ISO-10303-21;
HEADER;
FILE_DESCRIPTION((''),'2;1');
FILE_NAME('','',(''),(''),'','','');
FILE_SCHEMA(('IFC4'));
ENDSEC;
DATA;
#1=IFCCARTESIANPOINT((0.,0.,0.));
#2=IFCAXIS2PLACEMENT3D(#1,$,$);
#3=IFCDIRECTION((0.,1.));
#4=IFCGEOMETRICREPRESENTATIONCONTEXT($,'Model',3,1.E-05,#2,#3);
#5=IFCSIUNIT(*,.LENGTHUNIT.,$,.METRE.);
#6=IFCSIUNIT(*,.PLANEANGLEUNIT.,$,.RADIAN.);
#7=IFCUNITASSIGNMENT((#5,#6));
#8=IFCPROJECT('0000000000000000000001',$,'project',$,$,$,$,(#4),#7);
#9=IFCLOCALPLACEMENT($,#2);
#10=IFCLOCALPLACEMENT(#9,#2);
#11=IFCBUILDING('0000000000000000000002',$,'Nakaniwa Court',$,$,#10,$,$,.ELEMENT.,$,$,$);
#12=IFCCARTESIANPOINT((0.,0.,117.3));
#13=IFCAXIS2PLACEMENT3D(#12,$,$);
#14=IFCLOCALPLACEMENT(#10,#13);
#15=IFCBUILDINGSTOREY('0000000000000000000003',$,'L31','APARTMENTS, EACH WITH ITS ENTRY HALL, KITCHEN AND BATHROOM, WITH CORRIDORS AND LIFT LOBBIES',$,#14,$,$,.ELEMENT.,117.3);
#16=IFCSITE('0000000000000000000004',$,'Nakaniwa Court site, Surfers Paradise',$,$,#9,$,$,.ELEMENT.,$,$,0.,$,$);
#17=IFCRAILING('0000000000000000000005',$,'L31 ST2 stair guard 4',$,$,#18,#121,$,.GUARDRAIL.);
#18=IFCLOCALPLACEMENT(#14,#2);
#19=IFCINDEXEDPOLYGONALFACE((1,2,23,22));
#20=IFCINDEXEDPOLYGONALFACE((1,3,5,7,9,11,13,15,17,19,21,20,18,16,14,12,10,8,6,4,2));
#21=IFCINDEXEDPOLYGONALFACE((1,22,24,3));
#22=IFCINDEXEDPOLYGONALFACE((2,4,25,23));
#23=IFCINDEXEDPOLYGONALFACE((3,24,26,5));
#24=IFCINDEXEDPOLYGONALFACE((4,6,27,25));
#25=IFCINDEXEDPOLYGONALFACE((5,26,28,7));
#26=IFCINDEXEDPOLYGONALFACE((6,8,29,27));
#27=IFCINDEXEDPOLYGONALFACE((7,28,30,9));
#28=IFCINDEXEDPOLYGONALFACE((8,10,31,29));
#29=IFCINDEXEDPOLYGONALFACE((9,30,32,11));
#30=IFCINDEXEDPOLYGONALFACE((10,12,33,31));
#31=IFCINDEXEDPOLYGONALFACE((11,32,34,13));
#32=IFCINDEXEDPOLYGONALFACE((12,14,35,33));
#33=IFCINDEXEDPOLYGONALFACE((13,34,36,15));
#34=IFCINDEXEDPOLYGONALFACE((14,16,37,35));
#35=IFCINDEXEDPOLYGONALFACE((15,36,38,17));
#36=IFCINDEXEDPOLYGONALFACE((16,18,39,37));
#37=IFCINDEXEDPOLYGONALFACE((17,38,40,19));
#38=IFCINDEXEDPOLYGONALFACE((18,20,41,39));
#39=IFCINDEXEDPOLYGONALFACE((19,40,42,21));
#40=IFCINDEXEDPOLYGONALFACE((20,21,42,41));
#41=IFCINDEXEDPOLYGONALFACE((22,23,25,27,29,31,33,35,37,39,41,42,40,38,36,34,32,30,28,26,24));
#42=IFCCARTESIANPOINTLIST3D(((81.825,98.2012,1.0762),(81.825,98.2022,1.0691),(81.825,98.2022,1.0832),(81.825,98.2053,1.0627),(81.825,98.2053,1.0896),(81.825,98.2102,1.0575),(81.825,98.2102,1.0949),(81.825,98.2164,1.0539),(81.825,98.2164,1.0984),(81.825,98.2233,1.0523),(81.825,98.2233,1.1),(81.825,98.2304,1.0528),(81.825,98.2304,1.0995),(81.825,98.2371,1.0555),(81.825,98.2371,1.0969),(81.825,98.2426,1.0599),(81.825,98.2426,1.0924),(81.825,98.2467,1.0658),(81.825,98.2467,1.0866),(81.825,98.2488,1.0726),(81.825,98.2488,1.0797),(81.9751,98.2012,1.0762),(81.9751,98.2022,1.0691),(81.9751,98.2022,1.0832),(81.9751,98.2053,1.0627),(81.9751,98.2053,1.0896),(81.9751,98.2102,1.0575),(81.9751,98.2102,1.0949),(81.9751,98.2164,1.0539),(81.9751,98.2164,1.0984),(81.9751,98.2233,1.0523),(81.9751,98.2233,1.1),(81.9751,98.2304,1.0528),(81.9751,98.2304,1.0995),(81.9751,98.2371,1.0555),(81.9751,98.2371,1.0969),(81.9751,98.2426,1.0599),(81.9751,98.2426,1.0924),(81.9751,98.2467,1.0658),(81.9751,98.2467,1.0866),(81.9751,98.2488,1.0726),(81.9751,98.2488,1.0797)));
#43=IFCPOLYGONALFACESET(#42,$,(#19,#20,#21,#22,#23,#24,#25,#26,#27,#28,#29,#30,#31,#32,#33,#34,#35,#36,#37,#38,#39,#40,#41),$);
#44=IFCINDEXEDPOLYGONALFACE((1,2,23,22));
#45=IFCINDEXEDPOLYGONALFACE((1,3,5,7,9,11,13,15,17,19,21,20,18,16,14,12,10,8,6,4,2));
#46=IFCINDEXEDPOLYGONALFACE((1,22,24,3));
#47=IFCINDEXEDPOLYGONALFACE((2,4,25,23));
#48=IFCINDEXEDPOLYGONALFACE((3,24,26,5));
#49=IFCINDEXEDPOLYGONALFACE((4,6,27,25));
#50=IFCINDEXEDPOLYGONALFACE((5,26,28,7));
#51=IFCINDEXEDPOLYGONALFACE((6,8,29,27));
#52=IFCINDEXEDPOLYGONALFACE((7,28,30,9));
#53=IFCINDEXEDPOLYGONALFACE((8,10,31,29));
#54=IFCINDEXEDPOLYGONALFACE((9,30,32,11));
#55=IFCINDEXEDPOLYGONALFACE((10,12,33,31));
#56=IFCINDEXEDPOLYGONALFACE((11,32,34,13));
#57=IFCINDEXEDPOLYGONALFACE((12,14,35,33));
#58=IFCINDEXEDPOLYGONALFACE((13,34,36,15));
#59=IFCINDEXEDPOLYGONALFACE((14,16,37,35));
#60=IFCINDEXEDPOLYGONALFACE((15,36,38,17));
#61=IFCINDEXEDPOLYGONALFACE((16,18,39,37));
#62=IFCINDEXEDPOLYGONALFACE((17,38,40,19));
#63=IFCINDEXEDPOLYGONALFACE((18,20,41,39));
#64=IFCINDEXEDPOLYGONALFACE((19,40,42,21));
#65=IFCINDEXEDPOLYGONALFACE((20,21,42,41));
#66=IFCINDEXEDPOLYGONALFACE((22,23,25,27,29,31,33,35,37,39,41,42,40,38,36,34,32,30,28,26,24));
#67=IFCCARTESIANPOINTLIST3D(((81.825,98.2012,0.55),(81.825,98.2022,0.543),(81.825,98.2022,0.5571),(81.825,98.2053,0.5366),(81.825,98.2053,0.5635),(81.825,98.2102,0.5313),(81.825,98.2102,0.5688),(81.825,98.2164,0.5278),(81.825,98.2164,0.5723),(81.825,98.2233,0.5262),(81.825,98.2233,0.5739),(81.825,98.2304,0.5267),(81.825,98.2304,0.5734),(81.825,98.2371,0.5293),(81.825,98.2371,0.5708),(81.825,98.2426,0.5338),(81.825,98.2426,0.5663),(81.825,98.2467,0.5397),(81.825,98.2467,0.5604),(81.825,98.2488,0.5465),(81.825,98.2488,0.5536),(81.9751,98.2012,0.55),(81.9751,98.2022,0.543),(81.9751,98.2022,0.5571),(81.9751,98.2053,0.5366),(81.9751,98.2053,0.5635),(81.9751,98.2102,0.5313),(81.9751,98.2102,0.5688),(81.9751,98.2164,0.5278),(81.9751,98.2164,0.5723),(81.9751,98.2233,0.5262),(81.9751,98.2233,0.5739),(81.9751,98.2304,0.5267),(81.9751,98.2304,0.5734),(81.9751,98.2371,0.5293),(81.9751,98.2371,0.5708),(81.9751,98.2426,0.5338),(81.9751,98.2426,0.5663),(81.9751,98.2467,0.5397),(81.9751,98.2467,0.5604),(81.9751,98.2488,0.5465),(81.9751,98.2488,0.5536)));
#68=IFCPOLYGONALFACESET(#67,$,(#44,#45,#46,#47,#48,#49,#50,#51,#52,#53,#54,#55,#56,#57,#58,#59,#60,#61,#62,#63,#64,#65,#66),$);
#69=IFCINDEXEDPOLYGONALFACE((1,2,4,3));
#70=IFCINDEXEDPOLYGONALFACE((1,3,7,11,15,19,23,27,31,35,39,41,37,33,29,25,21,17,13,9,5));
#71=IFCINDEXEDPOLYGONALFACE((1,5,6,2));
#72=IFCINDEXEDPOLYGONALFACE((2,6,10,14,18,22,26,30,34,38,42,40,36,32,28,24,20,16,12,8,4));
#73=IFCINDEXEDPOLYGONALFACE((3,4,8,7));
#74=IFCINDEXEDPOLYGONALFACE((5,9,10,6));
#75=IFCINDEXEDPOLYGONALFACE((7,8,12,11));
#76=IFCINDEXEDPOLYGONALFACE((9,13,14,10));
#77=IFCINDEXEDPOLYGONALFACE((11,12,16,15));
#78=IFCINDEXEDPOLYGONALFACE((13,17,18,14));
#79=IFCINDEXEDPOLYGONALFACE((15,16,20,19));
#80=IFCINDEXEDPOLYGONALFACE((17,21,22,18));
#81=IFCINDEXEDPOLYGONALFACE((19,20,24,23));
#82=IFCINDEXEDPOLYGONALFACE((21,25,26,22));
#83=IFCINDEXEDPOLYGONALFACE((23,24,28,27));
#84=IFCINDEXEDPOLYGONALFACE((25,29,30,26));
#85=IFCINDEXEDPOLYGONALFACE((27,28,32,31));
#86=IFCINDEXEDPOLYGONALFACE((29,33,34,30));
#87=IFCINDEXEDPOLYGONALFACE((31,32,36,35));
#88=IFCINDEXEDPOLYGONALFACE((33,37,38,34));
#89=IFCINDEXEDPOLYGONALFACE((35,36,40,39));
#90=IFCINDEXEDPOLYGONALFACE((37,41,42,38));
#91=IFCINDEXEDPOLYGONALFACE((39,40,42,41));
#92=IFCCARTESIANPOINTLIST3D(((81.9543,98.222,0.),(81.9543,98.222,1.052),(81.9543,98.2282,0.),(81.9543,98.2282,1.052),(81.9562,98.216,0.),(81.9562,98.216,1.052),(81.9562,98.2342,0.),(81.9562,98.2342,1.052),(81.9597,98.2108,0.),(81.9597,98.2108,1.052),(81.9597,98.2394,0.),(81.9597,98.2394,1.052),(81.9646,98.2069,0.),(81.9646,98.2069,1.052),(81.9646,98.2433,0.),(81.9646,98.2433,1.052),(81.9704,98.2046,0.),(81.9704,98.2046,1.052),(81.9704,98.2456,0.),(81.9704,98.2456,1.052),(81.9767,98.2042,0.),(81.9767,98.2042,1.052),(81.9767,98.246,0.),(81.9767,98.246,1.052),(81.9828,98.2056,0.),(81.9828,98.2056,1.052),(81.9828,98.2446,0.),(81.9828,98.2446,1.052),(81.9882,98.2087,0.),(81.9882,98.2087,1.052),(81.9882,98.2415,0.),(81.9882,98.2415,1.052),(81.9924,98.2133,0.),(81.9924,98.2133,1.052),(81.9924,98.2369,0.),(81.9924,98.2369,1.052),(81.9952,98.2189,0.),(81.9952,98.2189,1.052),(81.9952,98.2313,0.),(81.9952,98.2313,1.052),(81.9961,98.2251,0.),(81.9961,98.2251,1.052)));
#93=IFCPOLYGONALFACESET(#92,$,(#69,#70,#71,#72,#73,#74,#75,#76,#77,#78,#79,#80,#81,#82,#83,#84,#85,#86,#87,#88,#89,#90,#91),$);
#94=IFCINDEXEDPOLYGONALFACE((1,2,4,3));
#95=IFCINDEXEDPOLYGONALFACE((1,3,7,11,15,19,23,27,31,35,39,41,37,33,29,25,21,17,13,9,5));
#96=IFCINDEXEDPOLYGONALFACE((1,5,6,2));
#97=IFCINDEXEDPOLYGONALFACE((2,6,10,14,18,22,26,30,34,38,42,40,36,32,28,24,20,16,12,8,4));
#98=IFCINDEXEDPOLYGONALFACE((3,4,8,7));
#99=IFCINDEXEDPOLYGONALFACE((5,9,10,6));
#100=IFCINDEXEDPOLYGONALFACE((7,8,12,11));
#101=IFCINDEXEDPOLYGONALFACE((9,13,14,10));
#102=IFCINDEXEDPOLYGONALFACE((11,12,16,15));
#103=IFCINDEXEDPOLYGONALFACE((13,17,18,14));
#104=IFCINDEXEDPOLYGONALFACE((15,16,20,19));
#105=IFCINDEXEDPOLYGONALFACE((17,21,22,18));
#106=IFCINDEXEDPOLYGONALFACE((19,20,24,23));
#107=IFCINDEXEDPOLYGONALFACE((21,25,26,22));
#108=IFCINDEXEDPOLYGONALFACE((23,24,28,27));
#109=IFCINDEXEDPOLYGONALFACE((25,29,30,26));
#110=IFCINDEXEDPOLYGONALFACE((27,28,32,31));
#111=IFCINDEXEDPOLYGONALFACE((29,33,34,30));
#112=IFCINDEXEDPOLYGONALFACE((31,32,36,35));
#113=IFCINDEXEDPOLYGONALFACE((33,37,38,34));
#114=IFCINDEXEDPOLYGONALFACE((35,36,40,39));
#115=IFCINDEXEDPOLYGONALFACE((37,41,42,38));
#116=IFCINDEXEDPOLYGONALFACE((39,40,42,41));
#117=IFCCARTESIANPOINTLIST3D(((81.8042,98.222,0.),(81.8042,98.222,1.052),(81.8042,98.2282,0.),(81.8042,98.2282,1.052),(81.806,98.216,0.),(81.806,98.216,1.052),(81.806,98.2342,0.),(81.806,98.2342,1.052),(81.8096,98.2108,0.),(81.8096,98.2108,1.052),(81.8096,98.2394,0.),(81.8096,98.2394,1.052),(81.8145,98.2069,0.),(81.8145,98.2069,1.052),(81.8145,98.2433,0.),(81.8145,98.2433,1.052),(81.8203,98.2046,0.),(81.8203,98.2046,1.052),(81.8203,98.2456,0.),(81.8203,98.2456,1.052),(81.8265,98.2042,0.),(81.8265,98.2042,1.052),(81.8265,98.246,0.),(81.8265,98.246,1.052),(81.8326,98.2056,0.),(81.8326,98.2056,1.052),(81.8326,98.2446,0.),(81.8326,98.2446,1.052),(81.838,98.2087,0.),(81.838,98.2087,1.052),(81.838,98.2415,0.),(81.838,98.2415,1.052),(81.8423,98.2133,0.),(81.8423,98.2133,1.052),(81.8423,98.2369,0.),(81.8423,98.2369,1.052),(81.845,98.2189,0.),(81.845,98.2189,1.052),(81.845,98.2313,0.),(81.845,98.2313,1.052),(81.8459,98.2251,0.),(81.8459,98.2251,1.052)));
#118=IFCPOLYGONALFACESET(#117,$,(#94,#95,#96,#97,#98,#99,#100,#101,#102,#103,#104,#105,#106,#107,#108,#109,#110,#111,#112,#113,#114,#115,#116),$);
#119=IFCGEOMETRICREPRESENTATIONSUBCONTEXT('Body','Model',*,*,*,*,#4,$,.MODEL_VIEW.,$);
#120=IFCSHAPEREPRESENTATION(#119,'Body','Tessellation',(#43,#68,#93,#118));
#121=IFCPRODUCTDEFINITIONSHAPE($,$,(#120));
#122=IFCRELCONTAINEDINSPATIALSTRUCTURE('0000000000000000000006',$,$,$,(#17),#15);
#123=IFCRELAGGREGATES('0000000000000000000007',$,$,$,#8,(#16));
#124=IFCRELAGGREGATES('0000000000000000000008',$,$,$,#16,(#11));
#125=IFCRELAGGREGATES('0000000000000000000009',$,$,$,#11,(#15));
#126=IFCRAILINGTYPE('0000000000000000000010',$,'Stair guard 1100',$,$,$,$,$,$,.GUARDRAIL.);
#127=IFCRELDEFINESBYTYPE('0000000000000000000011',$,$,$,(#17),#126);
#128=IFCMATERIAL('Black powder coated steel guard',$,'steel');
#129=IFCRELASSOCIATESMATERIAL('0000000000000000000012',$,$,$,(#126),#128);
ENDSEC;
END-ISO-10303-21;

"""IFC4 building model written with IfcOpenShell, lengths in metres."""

from ifc_helpers import new_model, si_unit, direction, frame, origin, origin_2d, place, context, subcontext, project, spatial, circle, extrude, material, type_object, element, save


model = new_model("IFC4")

# Units and contexts
model_context = context("Model", 3, precision=1e-05, world=origin(), true_north=direction((0.0, 1.0)))
body_context = subcontext(model_context, "Body", "Model", "MODEL_VIEW")
ifc_project = project(units=[si_unit("LENGTHUNIT", "METRE"), si_unit("PLANEANGLEUNIT", "RADIAN")], contexts=[model_context])

# Site, building, storey
site_placement = place(None, origin())
site = spatial("IfcSite", under=ifc_project, at=site_placement, Name="Nakaniwa Court site, Surfers Paradise", CompositionType="ELEMENT", RefElevation=0.0)
building_placement = place(site_placement, origin())
building = spatial("IfcBuilding", under=site, at=building_placement, Name="Nakaniwa Court", CompositionType="ELEMENT")
storey_placement = place(building_placement, frame((0.0, 0.0, 117.3)))
storey = spatial("IfcBuildingStorey", under=building, at=storey_placement, Name="L31", Description="APARTMENTS, EACH WITH ITS ENTRY HALL, KITCHEN AND BATHROOM, WITH CORRIDORS AND LIFT LOBBIES", CompositionType="ELEMENT", Elevation=117.3)

# Railing
ifc_material_1 = material(Name="Black powder coated steel guard", Category="steel")
railing_type_1 = type_object("IfcRailingType", Name="Stair guard 1100", PredefinedType="GUARDRAIL", material=ifc_material_1)
railing_1_placement = place(storey_placement, frame((81.9751, 98.2251, 0.0)))
element("IfcRailing", 1, at=railing_1_placement, inside=storey, type_object=railing_type_1, Name="L31 ST2 stair guard 4", PredefinedType="GUARDRAIL", context=body_context, shape_type="SweptSolid", body=[
    extrude(circle(Radius=0.0239, at=origin_2d()), frame((0.0, 0.0, 1.0762), z_axis=(-1.0, 0.0, 0.0), x_axis=(0.0, -1.0, 0.0)), (0.0, 0.0, 1.0), 0.1501),
    extrude(circle(Radius=0.0239, at=origin_2d()), frame((0.0, 0.0, 0.55), z_axis=(-1.0, 0.0, 0.0), x_axis=(0.0, -1.0, 0.0)), (0.0, 0.0, 1.0), 0.1501),
    extrude(circle(Radius=0.021, at=origin_2d()), origin(), (0.0, 0.0, 1.0), 1.052),
    extrude(circle(Radius=0.021, at=origin_2d()), frame((-0.1501, 0.0, 0.0)), (0.0, 0.0, 1.0), 1.052),
])

save(model, "model.ifc")
